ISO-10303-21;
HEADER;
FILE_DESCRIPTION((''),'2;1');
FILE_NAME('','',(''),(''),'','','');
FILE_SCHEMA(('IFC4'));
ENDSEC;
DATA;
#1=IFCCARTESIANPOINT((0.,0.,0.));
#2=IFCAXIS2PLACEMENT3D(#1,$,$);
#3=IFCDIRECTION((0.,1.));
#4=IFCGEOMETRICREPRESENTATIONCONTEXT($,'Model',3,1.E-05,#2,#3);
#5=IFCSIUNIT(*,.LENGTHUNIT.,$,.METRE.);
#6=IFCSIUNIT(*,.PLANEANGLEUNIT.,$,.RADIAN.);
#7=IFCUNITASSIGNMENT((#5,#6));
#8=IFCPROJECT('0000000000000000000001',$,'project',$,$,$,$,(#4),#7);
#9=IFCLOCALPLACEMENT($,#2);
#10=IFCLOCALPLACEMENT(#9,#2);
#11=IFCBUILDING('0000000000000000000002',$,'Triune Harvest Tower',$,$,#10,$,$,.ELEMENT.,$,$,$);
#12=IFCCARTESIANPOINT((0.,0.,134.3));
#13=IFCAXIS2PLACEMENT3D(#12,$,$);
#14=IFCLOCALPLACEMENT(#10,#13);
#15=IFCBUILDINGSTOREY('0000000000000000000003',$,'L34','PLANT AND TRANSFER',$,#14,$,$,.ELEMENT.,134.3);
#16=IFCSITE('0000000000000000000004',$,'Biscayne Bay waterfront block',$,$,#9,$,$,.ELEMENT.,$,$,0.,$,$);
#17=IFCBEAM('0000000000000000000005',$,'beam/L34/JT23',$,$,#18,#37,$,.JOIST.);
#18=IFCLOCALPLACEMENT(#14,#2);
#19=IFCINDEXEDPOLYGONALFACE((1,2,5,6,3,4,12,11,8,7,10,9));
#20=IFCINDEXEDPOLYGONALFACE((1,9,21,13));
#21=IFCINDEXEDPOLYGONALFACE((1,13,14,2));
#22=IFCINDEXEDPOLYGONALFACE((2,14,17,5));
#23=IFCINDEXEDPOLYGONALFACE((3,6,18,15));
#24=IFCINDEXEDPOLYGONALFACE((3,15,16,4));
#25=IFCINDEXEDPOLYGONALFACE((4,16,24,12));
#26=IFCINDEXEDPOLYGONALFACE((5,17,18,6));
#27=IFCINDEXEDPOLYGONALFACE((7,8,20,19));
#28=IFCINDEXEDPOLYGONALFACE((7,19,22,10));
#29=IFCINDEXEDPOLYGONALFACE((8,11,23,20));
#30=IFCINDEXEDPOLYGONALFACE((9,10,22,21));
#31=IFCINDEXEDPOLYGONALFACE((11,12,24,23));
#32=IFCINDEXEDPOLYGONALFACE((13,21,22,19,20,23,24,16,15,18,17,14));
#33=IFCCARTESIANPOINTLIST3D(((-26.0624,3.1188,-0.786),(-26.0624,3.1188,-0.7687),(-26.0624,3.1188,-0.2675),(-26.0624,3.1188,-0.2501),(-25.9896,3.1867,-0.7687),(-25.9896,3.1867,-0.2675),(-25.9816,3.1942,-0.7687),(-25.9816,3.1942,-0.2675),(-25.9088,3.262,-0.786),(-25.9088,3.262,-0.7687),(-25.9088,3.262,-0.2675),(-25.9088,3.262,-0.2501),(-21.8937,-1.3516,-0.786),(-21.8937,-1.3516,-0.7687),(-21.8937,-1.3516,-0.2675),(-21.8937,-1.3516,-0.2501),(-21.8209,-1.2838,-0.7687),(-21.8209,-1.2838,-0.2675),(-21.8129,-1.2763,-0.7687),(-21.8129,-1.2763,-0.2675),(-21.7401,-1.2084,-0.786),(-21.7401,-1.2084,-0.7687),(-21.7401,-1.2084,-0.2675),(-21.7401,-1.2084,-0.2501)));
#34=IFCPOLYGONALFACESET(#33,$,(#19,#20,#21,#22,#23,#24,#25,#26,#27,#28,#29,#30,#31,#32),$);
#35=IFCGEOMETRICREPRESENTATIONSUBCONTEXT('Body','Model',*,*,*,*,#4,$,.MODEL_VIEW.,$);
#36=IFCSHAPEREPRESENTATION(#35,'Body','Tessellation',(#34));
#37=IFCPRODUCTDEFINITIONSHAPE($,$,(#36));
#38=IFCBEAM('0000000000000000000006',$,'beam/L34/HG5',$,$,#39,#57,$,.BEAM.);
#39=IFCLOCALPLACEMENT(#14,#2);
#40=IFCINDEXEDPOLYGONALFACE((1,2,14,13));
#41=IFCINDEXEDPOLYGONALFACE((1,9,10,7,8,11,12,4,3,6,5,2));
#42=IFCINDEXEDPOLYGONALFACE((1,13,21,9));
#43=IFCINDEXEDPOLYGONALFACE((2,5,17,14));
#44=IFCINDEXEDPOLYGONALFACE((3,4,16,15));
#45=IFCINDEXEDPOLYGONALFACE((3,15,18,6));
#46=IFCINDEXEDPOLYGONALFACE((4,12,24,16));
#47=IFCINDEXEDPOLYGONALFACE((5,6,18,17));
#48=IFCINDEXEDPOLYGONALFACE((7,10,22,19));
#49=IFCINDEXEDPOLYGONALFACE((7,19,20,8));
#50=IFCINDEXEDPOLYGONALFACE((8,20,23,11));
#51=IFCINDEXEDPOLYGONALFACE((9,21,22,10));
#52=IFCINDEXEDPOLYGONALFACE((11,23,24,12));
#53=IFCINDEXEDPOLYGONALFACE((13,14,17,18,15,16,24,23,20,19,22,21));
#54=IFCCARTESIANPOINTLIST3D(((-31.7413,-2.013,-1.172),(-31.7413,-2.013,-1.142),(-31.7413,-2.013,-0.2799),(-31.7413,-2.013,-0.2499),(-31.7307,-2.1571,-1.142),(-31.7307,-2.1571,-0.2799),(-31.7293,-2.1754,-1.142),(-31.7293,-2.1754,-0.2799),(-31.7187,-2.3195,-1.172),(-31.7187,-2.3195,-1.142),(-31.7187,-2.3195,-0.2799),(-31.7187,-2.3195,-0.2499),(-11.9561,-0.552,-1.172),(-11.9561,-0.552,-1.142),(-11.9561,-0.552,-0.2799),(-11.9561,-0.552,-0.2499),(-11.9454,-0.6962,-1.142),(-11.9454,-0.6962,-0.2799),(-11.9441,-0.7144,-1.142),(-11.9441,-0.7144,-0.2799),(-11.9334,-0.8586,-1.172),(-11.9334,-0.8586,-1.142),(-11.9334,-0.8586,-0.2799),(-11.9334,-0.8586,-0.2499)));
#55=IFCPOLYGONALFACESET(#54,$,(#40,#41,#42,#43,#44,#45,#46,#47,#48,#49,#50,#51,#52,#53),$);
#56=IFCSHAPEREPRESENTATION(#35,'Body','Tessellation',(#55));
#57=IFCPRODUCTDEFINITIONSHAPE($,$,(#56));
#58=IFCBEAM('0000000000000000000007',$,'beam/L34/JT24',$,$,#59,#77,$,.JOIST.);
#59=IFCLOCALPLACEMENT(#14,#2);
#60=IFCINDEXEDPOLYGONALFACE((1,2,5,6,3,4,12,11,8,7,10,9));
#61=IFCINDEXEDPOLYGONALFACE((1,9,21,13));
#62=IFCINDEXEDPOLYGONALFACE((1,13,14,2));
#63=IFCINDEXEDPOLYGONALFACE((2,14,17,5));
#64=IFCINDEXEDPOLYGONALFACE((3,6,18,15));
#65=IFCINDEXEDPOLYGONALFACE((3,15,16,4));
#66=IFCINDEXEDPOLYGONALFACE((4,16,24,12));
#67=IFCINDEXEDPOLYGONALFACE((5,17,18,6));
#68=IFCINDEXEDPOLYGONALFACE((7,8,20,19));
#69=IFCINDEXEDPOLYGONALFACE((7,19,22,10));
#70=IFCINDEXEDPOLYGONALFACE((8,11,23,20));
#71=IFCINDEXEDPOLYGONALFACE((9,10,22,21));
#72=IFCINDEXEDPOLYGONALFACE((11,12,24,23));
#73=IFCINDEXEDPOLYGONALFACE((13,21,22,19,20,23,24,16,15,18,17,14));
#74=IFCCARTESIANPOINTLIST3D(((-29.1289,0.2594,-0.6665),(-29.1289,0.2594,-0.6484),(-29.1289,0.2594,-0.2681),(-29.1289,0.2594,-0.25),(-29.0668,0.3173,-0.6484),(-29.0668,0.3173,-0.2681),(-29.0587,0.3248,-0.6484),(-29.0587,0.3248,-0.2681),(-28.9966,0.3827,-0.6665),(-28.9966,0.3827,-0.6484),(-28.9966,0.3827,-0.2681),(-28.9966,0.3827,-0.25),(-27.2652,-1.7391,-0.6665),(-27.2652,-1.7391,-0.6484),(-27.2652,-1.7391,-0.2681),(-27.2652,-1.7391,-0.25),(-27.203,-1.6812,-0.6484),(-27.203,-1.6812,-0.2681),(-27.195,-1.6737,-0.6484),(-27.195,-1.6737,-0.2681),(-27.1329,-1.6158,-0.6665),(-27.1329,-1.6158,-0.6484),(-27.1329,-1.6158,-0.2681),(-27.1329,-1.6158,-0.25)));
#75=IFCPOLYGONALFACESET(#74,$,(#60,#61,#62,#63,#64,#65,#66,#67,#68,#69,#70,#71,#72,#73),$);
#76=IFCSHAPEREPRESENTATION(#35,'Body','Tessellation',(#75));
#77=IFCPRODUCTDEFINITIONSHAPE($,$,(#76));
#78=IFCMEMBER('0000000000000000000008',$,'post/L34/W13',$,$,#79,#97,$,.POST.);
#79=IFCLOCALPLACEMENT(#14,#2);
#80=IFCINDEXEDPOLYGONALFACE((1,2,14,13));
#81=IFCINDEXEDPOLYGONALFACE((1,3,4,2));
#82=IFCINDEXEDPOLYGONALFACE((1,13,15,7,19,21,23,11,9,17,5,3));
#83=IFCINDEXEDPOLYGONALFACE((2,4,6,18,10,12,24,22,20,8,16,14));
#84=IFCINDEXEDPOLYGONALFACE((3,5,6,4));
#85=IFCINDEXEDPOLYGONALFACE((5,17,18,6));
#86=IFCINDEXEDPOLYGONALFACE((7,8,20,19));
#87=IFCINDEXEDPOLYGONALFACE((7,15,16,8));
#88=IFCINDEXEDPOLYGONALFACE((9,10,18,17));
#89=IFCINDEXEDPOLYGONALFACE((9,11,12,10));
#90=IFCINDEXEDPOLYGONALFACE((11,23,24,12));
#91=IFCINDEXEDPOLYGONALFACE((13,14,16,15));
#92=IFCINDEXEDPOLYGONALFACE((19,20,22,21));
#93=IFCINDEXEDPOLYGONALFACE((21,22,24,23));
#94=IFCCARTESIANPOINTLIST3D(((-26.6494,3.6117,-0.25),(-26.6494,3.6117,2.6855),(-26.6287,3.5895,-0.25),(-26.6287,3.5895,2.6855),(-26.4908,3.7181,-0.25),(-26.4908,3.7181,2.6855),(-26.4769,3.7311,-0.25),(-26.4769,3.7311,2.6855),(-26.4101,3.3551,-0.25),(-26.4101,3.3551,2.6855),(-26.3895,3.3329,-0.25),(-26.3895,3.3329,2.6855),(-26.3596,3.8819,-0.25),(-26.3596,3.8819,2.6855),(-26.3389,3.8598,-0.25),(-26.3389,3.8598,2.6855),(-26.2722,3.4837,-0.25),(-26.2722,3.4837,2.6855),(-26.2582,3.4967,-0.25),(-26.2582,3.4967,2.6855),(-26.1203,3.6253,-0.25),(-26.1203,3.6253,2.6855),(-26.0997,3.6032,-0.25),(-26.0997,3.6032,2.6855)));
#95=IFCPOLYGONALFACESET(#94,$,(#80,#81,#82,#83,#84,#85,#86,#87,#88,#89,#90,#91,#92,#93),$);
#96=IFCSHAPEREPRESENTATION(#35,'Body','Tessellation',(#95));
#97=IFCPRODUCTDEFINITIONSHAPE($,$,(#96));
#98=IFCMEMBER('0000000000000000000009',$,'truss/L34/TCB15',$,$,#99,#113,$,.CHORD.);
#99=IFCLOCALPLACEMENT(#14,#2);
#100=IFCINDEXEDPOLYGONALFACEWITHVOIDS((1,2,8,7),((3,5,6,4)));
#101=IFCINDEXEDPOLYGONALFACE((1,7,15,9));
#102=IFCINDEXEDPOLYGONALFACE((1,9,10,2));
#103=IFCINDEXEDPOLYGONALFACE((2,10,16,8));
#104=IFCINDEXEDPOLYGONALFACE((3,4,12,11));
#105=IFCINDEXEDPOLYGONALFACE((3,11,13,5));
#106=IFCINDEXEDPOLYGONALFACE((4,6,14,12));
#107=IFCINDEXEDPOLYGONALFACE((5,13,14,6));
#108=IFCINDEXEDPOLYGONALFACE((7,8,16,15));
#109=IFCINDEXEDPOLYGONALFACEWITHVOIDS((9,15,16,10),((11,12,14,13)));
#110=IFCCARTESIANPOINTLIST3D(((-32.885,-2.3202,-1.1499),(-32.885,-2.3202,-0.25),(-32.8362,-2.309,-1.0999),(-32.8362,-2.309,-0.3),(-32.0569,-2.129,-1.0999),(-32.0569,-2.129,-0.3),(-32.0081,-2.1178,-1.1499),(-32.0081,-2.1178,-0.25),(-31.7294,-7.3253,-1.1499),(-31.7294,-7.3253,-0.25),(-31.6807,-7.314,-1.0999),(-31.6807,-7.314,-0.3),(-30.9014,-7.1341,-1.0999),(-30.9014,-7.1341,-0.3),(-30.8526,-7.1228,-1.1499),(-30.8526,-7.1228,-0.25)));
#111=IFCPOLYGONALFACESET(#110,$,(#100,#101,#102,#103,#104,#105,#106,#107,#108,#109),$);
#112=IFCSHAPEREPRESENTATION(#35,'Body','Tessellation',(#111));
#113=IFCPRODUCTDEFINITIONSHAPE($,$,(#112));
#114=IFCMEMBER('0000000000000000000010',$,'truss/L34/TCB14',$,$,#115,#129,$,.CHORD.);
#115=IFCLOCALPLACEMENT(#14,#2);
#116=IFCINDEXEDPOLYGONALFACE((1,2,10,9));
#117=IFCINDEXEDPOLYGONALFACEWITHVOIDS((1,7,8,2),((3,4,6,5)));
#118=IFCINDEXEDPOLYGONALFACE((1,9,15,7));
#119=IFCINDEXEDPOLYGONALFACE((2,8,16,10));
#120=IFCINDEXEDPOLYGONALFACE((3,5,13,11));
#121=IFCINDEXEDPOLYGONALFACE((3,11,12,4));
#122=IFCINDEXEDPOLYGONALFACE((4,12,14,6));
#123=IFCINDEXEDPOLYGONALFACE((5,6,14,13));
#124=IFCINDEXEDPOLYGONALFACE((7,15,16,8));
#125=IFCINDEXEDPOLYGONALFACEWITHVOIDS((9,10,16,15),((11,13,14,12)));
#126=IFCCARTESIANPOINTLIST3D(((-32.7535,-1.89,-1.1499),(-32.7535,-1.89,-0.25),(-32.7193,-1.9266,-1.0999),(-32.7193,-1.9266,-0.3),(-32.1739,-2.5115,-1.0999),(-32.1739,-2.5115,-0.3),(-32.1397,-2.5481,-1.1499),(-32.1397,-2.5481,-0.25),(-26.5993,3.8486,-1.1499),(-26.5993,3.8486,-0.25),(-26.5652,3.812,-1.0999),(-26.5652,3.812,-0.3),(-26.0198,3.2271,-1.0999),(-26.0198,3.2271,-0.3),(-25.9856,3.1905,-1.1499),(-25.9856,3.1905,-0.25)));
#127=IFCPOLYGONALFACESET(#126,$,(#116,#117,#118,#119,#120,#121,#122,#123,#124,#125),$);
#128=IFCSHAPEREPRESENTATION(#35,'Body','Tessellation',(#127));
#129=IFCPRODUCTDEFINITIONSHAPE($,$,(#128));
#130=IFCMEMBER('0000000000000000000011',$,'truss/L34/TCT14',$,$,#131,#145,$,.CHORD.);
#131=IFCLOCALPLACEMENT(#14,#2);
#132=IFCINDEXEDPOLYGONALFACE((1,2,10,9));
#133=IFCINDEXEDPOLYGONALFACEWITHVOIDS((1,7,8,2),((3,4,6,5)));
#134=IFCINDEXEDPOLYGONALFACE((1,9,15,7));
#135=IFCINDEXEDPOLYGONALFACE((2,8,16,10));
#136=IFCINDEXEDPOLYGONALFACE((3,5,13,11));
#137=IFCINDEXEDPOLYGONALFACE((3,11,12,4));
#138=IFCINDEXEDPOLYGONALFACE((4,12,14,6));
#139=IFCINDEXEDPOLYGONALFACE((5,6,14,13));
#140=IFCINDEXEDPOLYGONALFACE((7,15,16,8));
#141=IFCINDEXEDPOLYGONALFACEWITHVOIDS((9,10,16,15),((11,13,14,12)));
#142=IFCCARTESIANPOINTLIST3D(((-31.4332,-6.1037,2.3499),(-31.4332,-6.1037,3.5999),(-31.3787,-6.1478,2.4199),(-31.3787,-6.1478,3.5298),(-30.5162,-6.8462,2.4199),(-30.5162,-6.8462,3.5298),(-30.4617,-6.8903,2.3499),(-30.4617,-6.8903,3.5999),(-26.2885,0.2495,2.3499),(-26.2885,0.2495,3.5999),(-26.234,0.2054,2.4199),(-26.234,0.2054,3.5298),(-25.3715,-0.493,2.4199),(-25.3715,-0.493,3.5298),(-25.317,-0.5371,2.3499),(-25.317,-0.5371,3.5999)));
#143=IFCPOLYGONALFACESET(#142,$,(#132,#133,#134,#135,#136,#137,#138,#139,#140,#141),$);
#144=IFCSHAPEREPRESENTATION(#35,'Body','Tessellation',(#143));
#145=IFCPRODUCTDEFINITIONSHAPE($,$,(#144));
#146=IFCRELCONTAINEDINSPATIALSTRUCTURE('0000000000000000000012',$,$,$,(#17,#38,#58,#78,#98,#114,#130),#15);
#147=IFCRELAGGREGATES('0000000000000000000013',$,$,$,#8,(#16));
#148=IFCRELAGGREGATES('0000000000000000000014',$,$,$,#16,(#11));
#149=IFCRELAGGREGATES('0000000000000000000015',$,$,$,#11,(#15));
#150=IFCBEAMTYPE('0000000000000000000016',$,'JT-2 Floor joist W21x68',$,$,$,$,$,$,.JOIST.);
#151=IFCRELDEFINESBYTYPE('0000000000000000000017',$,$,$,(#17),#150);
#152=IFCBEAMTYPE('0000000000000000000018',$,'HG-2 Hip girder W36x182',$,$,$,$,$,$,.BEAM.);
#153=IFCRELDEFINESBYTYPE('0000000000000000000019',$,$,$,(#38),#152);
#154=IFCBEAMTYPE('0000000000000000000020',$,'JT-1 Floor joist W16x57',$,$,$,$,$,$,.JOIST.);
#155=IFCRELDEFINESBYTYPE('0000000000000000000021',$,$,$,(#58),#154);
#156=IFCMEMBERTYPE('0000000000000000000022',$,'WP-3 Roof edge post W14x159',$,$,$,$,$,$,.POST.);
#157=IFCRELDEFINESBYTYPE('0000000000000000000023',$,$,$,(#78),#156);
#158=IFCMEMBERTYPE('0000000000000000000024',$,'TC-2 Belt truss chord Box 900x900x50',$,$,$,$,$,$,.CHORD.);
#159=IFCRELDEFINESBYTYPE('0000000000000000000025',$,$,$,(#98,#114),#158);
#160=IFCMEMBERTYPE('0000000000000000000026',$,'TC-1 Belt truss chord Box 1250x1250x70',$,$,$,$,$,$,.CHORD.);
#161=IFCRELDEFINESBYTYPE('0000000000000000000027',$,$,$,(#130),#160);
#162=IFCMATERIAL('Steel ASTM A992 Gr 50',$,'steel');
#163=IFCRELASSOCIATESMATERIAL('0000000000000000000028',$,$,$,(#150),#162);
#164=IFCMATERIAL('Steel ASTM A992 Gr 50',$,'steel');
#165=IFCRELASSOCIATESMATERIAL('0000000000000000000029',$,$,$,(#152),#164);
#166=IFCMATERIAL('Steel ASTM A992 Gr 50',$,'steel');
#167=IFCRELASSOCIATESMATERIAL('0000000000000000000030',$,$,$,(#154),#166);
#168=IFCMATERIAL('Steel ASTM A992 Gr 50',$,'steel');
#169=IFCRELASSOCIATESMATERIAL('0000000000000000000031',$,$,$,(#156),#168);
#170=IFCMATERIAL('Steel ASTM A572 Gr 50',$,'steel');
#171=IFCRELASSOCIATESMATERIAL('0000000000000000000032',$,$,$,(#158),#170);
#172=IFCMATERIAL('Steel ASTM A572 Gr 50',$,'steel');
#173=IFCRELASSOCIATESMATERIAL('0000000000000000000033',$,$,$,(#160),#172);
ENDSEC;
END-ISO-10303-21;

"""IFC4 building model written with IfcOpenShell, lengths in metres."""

from ifc_helpers import new_model, si_unit, direction, frame, origin, origin_2d, place, context, subcontext, project, spatial, hollow_rectangle, i_section, extrude, source, transform, mapped, material, material_profile, profile_set, type_object, element, save


model = new_model("IFC4")

# Units and contexts
model_context = context("Model", 3, precision=1e-05, world=origin(), true_north=direction((0.0, 1.0)))
body_context = subcontext(model_context, "Body", "Model", "MODEL_VIEW")
ifc_project = project(units=[si_unit("LENGTHUNIT", "METRE"), si_unit("PLANEANGLEUNIT", "RADIAN")], contexts=[model_context])

# Site, building, storey
site_placement = place(None, origin())
site = spatial("IfcSite", under=ifc_project, at=site_placement, Name="Biscayne Bay waterfront block", CompositionType="ELEMENT", RefElevation=0.0)
building_placement = place(site_placement, origin())
building = spatial("IfcBuilding", under=site, at=building_placement, Name="Triune Harvest Tower", CompositionType="ELEMENT")
storey_placement = place(building_placement, frame((0.0, 0.0, 134.3)))
storey = spatial("IfcBuildingStorey", under=building, at=storey_placement, Name="L34", Description="PLANT AND TRANSFER", CompositionType="ELEMENT", Elevation=134.3)

# Beams
ifc_material_1 = material(Name="Steel ASTM A992 Gr 50", Category="steel")
ifc_material_profile_1 = material_profile(ifc_material_1, i_section(OverallWidth=0.21, OverallDepth=0.5359, WebThickness=0.011, FlangeThickness=0.0173, at=origin_2d()), Name="W21x68")
ifc_profile_set_1 = profile_set([ifc_material_profile_1], Name="Steel ASTM A992 Gr 50")
beam_type_1 = type_object("IfcBeamType", Name="JT-2 Floor joist W21x68", PredefinedType="JOIST", material=ifc_profile_set_1)
beam_1_placement = place(storey_placement, frame((-25.9856, 3.1904, -0.5181), z_axis=(0.681992, -0.731359, 0.0), x_axis=(0.731359, 0.681992, 0.0)))
element("IfcBeam", 1, at=beam_1_placement, inside=storey, type_object=beam_type_1, Name="beam/L34/JT23", PredefinedType="JOIST", context=body_context, shape_type="SweptSolid", body=[
    extrude(i_section(OverallWidth=0.21, OverallDepth=0.5359, WebThickness=0.011, FlangeThickness=0.0173, at=origin_2d()), origin(), (0.0, 0.0, 1.0), 6.1125),
])
ifc_material_2 = material(Name="Steel ASTM A992 Gr 50", Category="steel")
ifc_material_profile_2 = material_profile(ifc_material_2, i_section(OverallWidth=0.3074, OverallDepth=0.9221, WebThickness=0.0183, FlangeThickness=0.03, at=origin_2d()), Name="W36x182")
ifc_profile_set_2 = profile_set([ifc_material_profile_2], Name="Steel ASTM A992 Gr 50")
beam_type_2 = type_object("IfcBeamType", Name="HG-2 Hip girder W36x182", PredefinedType="BEAM", material=ifc_profile_set_2)
shared_shape_1 = source(origin(), body_context, "Body", "SweptSolid", [
    extrude(i_section(OverallWidth=0.3074, OverallDepth=0.9221, WebThickness=0.0183, FlangeThickness=0.03, at=origin_2d()), origin(), (0.0, 0.0, 1.0), 19.8391),
])
beam_2_placement = place(storey_placement, frame((-31.73, -2.1663, -0.7109), z_axis=(0.997285, 0.07364, 0.0), x_axis=(-0.07364, 0.997285, 0.0)))
element("IfcBeam", 2, at=beam_2_placement, inside=storey, type_object=beam_type_2, Name="beam/L34/HG5", PredefinedType="BEAM", context=body_context, shape_type="MappedRepresentation", body=[
    mapped(shared_shape_1, transform((0.0, 0.0, 0.0), scale=1.0)),
])
ifc_material_3 = material(Name="Steel ASTM A992 Gr 50", Category="steel")
ifc_material_profile_3 = material_profile(ifc_material_3, i_section(OverallWidth=0.1809, OverallDepth=0.4165, WebThickness=0.011, FlangeThickness=0.0181, at=origin_2d()), Name="W16x57")
ifc_profile_set_3 = profile_set([ifc_material_profile_3], Name="Steel ASTM A992 Gr 50")
beam_type_3 = type_object("IfcBeamType", Name="JT-1 Floor joist W16x57", PredefinedType="JOIST", material=ifc_profile_set_3)
shared_shape_2 = source(origin(), body_context, "Body", "SweptSolid", [
    extrude(i_section(OverallWidth=0.1809, OverallDepth=0.4165, WebThickness=0.011, FlangeThickness=0.0181, at=origin_2d()), origin(), (0.0, 0.0, 1.0), 2.7327),
])
beam_3_placement = place(storey_placement, frame((-29.0627, 0.321, -0.4583), z_axis=(0.682019, -0.731334, 0.0), x_axis=(0.731334, 0.682019, 0.0)))
element("IfcBeam", 3, at=beam_3_placement, inside=storey, type_object=beam_type_3, Name="beam/L34/JT24", PredefinedType="JOIST", context=body_context, shape_type="MappedRepresentation", body=[
    mapped(shared_shape_2, transform((0.0, 0.0, 0.0), scale=1.0)),
])

# Members
ifc_material_4 = material(Name="Steel ASTM A992 Gr 50", Category="steel")
ifc_material_profile_4 = material_profile(ifc_material_4, i_section(OverallWidth=0.3962, OverallDepth=0.3811, WebThickness=0.019, FlangeThickness=0.0303, at=origin_2d()), Name="W14x159")
ifc_profile_set_4 = profile_set([ifc_material_profile_4], Name="Steel ASTM A992 Gr 50")
member_type_1 = type_object("IfcMemberType", Name="WP-3 Roof edge post W14x159", PredefinedType="POST", material=ifc_profile_set_4)
shared_shape_3 = source(origin(), body_context, "Body", "SweptSolid", [
    extrude(i_section(OverallWidth=0.3962, OverallDepth=0.3811, WebThickness=0.019, FlangeThickness=0.0303, at=origin_2d()), origin(), (0.0, 0.0, 1.0), 2.9355),
])
member_1_placement = place(storey_placement, frame((-26.3745, 3.6074, -0.25), z_axis=(0.0, 0.0, 1.0), x_axis=(-0.731355, -0.681997, 0.0)))
element("IfcMember", 4, at=member_1_placement, inside=storey, type_object=member_type_1, Name="post/L34/W13", PredefinedType="POST", context=body_context, shape_type="MappedRepresentation", body=[
    mapped(shared_shape_3, transform((0.0, 0.0, 0.0), scale=1.0)),
])
ifc_material_5 = material(Name="Steel ASTM A572 Gr 50", Category="steel")
ifc_material_profile_5 = material_profile(ifc_material_5, hollow_rectangle(XDim=0.8999, YDim=0.8999, WallThickness=0.05, at=origin_2d()), Name="Box 900x900x50")
ifc_profile_set_5 = profile_set([ifc_material_profile_5], Name="Steel ASTM A572 Gr 50")
member_type_2 = type_object("IfcMemberType", Name="TC-2 Belt truss chord Box 900x900x50", PredefinedType="CHORD", material=ifc_profile_set_5)
shared_shape_4 = source(origin(), body_context, "Body", "SweptSolid", [
    extrude(hollow_rectangle(XDim=0.8999, YDim=0.8999, WallThickness=0.05, at=origin_2d()), origin(), (0.0, 0.0, 1.0), 5.1367),
])
member_2_placement = place(storey_placement, frame((-32.4465, -2.219, -0.7), z_axis=(0.22495, -0.97437, 0.0), x_axis=(0.97437, 0.22495, 0.0)))
element("IfcMember", 5, at=member_2_placement, inside=storey, type_object=member_type_2, Name="truss/L34/TCB15", PredefinedType="CHORD", context=body_context, shape_type="MappedRepresentation", body=[
    mapped(shared_shape_4, transform((0.0, 0.0, 0.0), scale=1.0)),
])
shared_shape_5 = source(origin(), body_context, "Body", "SweptSolid", [
    extrude(hollow_rectangle(XDim=0.8999, YDim=0.8999, WallThickness=0.05, at=origin_2d()), origin(), (0.0, 0.0, 1.0), 8.4146),
])
member_3_placement = place(storey_placement, frame((-26.2925, 3.5195, -0.7), z_axis=(-0.731367, -0.681984, 0.0), x_axis=(0.681984, -0.731367, 0.0)))
element("IfcMember", 6, at=member_3_placement, inside=storey, type_object=member_type_2, Name="truss/L34/TCB14", PredefinedType="CHORD", context=body_context, shape_type="MappedRepresentation", body=[
    mapped(shared_shape_5, transform((0.0, 0.0, 0.0), scale=1.0)),
])
ifc_material_6 = material(Name="Steel ASTM A572 Gr 50", Category="steel")
ifc_material_profile_6 = material_profile(ifc_material_6, hollow_rectangle(XDim=1.25, YDim=1.25, WallThickness=0.0701, at=origin_2d()), Name="Box 1250x1250x70")
ifc_profile_set_6 = profile_set([ifc_material_profile_6], Name="Steel ASTM A572 Gr 50")
member_type_3 = type_object("IfcMemberType", Name="TC-1 Belt truss chord Box 1250x1250x70", PredefinedType="CHORD", material=ifc_profile_set_6)
shared_shape_6 = source(origin(), body_context, "Body", "SweptSolid", [
    extrude(hollow_rectangle(XDim=1.25, YDim=1.25, WallThickness=0.0701, at=origin_2d()), origin(), (0.0, 0.0, 1.0), 8.175),
])
member_4_placement = place(storey_placement, frame((-25.8027, -0.1438, 2.9749), z_axis=(-0.62932, -0.777146, 0.0), x_axis=(0.777146, -0.62932, 0.0)))
element("IfcMember", 7, at=member_4_placement, inside=storey, type_object=member_type_3, Name="truss/L34/TCT14", PredefinedType="CHORD", context=body_context, shape_type="MappedRepresentation", body=[
    mapped(shared_shape_6, transform((0.0, 0.0, 0.0), scale=1.0)),
])

save(model, "model.ifc")
